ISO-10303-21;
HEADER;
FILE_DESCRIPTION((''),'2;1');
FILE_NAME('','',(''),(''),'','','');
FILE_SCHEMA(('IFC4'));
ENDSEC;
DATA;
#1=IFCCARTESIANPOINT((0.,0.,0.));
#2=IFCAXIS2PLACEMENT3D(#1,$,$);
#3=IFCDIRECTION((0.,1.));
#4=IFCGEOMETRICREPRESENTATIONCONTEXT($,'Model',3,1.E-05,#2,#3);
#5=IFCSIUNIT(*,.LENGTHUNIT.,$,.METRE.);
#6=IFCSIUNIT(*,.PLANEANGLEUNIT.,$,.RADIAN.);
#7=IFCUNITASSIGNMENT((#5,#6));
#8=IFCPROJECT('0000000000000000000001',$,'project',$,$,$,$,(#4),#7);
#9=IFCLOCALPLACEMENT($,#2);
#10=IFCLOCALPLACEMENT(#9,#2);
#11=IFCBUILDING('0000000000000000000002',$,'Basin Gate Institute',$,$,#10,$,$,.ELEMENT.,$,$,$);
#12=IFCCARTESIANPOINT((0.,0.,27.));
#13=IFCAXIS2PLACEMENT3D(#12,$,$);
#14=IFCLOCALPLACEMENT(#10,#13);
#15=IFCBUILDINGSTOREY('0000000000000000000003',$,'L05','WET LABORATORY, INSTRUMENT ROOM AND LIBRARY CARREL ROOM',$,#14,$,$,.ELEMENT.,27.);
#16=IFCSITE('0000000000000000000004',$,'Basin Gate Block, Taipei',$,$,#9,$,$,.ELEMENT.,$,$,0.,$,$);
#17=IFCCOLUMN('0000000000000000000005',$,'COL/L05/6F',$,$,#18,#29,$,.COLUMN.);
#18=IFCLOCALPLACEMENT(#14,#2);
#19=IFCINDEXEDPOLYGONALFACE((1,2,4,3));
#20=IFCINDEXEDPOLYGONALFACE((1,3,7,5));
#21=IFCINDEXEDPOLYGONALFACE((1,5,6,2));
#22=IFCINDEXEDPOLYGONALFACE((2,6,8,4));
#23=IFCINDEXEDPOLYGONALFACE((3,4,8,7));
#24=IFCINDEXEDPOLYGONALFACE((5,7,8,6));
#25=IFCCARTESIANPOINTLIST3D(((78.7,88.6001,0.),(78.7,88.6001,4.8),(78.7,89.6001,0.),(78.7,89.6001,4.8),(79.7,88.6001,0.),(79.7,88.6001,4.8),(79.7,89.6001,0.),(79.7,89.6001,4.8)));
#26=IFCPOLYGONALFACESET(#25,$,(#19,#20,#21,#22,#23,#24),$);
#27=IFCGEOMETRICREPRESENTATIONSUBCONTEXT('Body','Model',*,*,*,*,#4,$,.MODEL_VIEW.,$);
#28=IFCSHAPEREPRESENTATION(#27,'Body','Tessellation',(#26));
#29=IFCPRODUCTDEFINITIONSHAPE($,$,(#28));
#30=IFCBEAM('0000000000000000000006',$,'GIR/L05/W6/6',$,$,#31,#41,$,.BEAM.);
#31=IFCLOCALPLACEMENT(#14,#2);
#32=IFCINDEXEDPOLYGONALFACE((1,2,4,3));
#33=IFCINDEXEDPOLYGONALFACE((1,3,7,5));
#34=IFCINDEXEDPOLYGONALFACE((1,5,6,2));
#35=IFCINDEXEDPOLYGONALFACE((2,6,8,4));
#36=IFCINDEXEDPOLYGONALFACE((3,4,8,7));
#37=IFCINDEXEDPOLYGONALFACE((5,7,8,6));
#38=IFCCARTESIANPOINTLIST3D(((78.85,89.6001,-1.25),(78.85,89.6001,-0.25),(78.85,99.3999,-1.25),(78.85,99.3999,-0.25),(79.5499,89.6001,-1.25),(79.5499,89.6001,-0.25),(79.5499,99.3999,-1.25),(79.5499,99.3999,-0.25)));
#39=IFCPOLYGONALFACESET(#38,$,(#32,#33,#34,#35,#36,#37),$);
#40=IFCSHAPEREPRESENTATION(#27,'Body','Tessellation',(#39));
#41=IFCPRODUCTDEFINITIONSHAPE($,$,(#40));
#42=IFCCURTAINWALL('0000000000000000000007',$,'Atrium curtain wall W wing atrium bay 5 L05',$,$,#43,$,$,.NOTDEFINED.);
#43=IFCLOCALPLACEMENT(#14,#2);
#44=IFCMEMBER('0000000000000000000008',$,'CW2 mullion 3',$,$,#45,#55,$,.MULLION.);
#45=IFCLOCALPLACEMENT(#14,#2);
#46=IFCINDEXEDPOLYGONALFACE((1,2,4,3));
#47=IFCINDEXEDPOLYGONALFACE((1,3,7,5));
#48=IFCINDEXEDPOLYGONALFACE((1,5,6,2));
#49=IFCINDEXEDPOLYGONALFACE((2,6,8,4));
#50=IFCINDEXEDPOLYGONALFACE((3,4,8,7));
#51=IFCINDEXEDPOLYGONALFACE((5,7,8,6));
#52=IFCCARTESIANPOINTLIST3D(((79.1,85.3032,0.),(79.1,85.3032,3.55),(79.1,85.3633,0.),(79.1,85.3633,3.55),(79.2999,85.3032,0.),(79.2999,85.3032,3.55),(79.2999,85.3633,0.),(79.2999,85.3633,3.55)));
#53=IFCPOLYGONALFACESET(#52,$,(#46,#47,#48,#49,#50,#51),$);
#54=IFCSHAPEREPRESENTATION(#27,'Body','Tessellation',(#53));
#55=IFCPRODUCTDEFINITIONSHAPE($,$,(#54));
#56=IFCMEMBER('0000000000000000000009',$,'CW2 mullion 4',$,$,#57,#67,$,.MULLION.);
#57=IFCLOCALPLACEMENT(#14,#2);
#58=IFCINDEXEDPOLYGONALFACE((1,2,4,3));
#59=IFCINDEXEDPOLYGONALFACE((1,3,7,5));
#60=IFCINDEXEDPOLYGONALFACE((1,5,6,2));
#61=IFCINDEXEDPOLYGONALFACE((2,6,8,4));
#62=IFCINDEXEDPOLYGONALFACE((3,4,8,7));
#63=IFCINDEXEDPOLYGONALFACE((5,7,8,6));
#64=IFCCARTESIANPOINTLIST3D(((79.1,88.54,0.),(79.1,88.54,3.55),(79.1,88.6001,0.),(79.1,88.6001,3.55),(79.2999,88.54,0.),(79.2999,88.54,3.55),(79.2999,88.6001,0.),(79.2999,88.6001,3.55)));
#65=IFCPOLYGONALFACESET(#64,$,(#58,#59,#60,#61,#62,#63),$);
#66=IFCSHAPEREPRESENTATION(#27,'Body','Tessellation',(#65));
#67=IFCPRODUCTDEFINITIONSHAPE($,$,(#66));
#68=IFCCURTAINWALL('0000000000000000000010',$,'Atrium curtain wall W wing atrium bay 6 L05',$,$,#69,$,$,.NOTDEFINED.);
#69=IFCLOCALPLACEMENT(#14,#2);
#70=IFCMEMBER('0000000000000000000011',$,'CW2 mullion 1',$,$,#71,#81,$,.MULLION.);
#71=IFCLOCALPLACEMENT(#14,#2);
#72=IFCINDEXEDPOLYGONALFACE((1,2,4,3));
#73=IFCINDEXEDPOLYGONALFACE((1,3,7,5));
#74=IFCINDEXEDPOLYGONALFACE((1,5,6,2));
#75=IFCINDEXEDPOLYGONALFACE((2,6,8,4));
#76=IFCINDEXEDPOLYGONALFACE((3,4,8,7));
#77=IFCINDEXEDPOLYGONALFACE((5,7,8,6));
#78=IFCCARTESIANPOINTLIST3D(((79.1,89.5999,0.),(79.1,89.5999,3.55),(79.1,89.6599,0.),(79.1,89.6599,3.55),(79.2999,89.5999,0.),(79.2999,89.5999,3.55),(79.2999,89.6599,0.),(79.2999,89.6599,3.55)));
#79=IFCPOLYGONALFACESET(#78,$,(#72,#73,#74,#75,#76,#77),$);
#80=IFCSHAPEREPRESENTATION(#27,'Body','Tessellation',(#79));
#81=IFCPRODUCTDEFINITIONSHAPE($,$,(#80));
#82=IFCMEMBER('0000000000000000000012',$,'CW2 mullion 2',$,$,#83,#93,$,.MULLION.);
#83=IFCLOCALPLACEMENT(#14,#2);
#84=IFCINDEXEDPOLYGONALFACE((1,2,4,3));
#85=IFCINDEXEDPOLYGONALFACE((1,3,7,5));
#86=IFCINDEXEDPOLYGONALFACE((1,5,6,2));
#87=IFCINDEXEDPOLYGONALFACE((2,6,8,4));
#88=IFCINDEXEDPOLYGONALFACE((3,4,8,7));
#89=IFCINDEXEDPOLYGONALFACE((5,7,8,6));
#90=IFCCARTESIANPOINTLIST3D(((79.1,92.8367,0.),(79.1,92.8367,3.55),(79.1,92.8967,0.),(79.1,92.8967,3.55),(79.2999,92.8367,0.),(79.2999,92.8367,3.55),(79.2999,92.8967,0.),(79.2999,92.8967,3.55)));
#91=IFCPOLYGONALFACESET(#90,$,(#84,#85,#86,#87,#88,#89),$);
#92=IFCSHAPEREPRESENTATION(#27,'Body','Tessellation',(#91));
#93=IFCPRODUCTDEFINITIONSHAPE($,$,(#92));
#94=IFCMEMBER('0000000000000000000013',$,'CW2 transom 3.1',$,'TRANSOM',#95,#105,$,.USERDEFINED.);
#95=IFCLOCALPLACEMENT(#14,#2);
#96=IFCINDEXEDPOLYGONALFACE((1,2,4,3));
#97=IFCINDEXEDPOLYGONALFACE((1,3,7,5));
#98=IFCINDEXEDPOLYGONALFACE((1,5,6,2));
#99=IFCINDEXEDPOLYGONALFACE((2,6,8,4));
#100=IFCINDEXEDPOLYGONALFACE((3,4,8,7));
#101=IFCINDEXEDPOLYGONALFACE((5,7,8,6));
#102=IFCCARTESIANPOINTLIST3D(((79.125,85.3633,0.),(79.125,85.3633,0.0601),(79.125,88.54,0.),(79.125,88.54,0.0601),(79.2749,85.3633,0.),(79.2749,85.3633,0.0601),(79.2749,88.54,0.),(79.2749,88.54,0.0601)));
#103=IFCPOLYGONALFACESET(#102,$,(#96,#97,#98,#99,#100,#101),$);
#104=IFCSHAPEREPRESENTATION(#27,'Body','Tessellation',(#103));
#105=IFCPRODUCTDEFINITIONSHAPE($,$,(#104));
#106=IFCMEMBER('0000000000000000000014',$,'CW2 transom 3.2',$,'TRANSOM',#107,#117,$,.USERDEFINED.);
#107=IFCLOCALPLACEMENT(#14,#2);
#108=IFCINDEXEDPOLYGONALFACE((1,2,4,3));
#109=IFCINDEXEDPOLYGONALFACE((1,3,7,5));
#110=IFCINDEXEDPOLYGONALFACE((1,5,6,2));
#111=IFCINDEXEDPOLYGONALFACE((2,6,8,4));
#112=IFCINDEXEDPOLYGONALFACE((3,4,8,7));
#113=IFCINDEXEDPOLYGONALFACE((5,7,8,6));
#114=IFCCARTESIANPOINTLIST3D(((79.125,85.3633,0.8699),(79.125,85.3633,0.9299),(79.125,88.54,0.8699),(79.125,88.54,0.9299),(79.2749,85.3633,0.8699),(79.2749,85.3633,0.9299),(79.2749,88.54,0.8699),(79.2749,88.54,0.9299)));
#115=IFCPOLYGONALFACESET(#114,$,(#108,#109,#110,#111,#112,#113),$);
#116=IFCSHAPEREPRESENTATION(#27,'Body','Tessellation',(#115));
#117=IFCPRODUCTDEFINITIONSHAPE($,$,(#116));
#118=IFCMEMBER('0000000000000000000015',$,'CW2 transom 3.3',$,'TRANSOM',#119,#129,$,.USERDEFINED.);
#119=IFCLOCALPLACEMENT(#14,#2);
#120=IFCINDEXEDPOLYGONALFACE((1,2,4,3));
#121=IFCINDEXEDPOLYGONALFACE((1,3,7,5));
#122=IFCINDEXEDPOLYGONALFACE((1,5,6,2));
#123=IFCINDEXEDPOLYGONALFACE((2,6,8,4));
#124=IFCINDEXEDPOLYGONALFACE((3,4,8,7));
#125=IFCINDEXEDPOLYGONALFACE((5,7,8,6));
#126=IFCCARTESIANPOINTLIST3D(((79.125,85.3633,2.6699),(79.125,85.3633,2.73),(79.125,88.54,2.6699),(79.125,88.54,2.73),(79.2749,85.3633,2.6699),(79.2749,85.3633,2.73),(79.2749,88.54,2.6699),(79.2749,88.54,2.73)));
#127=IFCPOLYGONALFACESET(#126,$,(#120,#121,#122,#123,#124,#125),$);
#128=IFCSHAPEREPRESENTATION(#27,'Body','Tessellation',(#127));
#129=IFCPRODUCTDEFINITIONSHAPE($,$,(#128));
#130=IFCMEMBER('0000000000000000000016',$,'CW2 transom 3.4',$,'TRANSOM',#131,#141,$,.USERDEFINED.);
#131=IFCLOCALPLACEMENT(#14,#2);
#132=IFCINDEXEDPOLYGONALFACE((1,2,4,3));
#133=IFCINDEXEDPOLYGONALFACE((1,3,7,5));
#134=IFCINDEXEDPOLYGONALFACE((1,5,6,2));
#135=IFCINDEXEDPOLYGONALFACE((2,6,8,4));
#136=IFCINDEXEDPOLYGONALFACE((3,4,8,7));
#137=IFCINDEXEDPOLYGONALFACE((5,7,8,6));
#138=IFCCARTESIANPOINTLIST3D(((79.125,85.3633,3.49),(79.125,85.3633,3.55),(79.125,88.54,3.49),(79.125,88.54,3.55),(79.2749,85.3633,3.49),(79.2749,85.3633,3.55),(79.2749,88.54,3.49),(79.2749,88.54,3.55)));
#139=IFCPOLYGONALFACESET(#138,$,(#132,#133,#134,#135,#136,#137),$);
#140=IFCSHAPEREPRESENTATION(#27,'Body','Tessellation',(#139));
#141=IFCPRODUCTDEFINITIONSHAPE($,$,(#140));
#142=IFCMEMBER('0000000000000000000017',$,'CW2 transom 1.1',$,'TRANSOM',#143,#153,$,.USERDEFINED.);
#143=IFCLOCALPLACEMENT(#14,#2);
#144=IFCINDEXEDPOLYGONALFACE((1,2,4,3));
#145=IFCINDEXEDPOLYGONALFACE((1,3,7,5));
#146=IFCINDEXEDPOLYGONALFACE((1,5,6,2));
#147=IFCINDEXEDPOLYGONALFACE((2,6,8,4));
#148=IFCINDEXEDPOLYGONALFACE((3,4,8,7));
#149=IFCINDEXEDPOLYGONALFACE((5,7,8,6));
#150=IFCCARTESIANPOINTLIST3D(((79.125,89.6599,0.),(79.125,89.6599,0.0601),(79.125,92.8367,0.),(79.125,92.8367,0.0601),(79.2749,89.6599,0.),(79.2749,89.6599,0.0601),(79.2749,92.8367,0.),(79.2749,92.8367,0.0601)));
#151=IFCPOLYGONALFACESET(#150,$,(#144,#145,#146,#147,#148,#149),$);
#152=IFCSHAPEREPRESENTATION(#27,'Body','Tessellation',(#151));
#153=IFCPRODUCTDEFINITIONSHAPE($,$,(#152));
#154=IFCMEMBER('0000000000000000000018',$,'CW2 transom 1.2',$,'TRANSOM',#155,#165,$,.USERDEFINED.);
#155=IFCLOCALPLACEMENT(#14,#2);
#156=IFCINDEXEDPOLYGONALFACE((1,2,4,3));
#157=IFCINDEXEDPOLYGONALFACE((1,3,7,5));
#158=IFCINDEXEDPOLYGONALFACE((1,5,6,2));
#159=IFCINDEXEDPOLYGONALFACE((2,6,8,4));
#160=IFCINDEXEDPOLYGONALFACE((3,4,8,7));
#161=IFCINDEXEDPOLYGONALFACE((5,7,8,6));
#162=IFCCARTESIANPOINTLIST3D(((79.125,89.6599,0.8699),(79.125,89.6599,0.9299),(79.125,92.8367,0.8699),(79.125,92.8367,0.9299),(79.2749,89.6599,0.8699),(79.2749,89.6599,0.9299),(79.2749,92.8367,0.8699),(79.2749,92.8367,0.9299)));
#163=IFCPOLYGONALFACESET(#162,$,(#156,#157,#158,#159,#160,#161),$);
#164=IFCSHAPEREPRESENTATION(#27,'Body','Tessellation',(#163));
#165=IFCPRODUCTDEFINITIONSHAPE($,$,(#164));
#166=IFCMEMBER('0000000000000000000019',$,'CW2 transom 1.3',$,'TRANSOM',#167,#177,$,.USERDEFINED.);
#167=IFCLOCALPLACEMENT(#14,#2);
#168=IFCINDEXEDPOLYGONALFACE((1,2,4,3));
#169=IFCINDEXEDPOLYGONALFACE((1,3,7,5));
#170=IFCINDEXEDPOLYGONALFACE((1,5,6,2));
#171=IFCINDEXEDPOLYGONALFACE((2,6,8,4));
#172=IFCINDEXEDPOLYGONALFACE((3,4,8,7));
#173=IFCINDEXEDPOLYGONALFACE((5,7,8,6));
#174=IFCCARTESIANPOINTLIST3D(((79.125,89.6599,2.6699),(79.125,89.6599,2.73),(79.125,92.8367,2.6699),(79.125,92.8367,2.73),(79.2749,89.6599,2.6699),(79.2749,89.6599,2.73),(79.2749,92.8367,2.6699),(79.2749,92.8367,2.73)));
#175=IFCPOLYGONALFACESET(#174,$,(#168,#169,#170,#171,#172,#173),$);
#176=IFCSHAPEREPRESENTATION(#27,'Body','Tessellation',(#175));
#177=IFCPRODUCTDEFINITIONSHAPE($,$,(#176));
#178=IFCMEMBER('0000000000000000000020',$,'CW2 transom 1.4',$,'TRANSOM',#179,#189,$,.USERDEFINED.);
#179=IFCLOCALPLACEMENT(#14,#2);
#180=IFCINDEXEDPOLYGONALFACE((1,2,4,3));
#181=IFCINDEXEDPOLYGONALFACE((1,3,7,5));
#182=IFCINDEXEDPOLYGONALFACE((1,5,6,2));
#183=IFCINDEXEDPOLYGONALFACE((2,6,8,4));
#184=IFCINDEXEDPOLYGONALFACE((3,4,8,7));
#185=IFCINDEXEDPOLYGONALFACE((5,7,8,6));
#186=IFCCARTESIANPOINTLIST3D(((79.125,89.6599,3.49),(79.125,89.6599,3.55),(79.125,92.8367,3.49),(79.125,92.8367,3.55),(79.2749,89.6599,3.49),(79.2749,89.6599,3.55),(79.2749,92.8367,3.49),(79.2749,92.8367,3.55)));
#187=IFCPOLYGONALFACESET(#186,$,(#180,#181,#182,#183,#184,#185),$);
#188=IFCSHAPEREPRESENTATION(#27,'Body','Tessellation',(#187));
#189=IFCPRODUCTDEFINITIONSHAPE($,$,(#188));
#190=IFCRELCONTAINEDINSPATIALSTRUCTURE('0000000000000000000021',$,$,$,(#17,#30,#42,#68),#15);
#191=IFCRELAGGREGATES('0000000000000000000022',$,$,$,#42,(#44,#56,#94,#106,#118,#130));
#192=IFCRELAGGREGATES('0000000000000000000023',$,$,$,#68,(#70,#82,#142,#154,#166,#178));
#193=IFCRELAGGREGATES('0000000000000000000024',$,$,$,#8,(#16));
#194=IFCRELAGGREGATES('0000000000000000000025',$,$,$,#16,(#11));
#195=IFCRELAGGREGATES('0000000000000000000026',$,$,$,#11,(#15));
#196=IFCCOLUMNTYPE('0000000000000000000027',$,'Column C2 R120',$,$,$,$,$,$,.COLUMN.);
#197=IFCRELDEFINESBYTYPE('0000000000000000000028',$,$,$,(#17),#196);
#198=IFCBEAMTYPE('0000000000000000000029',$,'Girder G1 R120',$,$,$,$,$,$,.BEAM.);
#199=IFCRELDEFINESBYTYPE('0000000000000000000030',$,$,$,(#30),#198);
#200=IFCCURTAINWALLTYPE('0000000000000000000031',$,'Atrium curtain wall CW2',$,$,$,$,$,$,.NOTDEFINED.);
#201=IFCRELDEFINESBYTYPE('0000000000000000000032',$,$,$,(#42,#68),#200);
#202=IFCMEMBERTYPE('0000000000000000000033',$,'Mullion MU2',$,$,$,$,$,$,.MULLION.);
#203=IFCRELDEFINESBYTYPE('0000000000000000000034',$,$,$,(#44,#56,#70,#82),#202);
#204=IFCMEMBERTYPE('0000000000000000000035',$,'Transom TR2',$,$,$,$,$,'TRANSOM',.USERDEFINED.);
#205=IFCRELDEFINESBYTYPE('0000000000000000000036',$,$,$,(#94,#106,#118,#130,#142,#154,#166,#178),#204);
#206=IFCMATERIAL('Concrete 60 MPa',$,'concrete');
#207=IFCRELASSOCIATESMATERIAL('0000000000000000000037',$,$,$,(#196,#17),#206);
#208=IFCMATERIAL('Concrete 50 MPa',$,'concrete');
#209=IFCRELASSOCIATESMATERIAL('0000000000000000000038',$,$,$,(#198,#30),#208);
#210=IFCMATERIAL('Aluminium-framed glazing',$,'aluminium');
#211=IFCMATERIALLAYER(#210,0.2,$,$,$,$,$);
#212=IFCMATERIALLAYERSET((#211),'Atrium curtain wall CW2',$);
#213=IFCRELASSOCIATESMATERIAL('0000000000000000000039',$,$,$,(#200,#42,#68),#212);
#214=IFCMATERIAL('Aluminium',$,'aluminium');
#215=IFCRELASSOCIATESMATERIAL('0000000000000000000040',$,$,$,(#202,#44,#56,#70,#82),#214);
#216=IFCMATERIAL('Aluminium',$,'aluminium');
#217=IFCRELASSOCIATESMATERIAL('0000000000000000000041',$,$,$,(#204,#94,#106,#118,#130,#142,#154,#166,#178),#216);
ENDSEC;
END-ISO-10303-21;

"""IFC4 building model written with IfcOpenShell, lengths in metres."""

from ifc_helpers import new_model, si_unit, direction, frame, origin, origin_2d, place, context, subcontext, project, spatial, rectangle, extrude, material, layer, layer_set, material_profile, profile_set, type_object, element, aggregate, save


model = new_model("IFC4")

# Units and contexts
model_context = context("Model", 3, precision=1e-05, world=origin(), true_north=direction((0.0, 1.0)))
body_context = subcontext(model_context, "Body", "Model", "MODEL_VIEW")
ifc_project = project(units=[si_unit("LENGTHUNIT", "METRE"), si_unit("PLANEANGLEUNIT", "RADIAN")], contexts=[model_context])

# Site, building, storey
site_placement = place(None, origin())
site = spatial("IfcSite", under=ifc_project, at=site_placement, Name="Basin Gate Block, Taipei", CompositionType="ELEMENT", RefElevation=0.0)
building_placement = place(site_placement, origin())
building = spatial("IfcBuilding", under=site, at=building_placement, Name="Basin Gate Institute", CompositionType="ELEMENT")
storey_placement = place(building_placement, frame((0.0, 0.0, 27.0)))
storey = spatial("IfcBuildingStorey", under=building, at=storey_placement, Name="L05", Description="WET LABORATORY, INSTRUMENT ROOM AND LIBRARY CARREL ROOM", CompositionType="ELEMENT", Elevation=27.0)

# Column
ifc_material_1 = material(Name="Concrete 60 MPa", Category="concrete")
ifc_material_profile_1 = material_profile(ifc_material_1, rectangle(XDim=1.0, YDim=1.0, at=origin_2d()), Name="Column C2 1000 x 1000")
ifc_profile_set_1 = profile_set([ifc_material_profile_1], Name="Concrete 60 MPa")
column_type = type_object("IfcColumnType", Name="Column C2 R120", PredefinedType="COLUMN", material=ifc_profile_set_1)
column_placement = place(storey_placement, frame((79.2, 89.1001, 0.0), z_axis=(0.0, 0.0, 1.0), x_axis=(1.0, 0.0, 0.0)))
element("IfcColumn", 1, at=column_placement, inside=storey, type_object=column_type, material=ifc_profile_set_1, Name="COL/L05/6F", PredefinedType="COLUMN", context=body_context, shape_type="SweptSolid", body=[
    extrude(rectangle(XDim=1.0, YDim=1.0, at=origin_2d()), origin(), (0.0, 0.0, 1.0), 4.8),
])

# Beam
ifc_material_2 = material(Name="Concrete 50 MPa", Category="concrete")
ifc_material_profile_2 = material_profile(ifc_material_2, rectangle(XDim=0.7, YDim=1.0, at=origin_2d()), Name="Girder G1 700 x 1000")
ifc_profile_set_2 = profile_set([ifc_material_profile_2], Name="Concrete 50 MPa")
beam_type = type_object("IfcBeamType", Name="Girder G1 R120", PredefinedType="BEAM", material=ifc_profile_set_2)
beam_placement = place(storey_placement, frame((79.2, 89.6001, -0.75), z_axis=(0.0, 1.0, 0.0), x_axis=(-1.0, 0.0, 0.0)))
element("IfcBeam", 2, at=beam_placement, inside=storey, type_object=beam_type, material=ifc_profile_set_2, Name="GIR/L05/W6/6", PredefinedType="BEAM", context=body_context, shape_type="SweptSolid", body=[
    extrude(rectangle(XDim=0.7, YDim=1.0, at=origin_2d()), origin(), (0.0, 0.0, 1.0), 9.7998),
])

# Curtain walls, members
ifc_material_3 = material(Name="Aluminium-framed glazing", Category="aluminium")
ifc_layer_1 = layer(ifc_material_3, 0.2)
ifc_layer_set_1 = layer_set([ifc_layer_1], Name="Atrium curtain wall CW2")
curtain_wall_type = type_object("IfcCurtainWallType", Name="Atrium curtain wall CW2", PredefinedType="NOTDEFINED", material=ifc_layer_set_1)
curtain_wall_1_placement = place(storey_placement, origin())
curtain_wall_1 = element("IfcCurtainWall", 3, at=curtain_wall_1_placement, inside=storey, type_object=curtain_wall_type, material=ifc_layer_set_1, Name="Atrium curtain wall W wing atrium bay 5 L05", PredefinedType="NOTDEFINED")
ifc_material_4 = material(Name="Aluminium", Category="aluminium")
ifc_material_profile_3 = material_profile(ifc_material_4, rectangle(XDim=0.2, YDim=0.0601, at=origin_2d()), Name="Mullion MU2 200 x 60")
ifc_profile_set_3 = profile_set([ifc_material_profile_3], Name="Aluminium")
member_type_1 = type_object("IfcMemberType", Name="Mullion MU2", PredefinedType="MULLION", material=ifc_profile_set_3)
member_1_placement = place(storey_placement, frame((79.2, 85.3333, 0.0), z_axis=(0.0, 0.0, 1.0), x_axis=(-1.0, 0.0, 0.0)))
member_1 = element("IfcMember", 4, at=member_1_placement, type_object=member_type_1, material=ifc_profile_set_3, Name="CW2 mullion 3", PredefinedType="MULLION", context=body_context, shape_type="SweptSolid", body=[
    extrude(rectangle(XDim=0.2, YDim=0.0601, at=origin_2d()), origin(), (0.0, 0.0, 1.0), 3.55),
])
member_2_placement = place(storey_placement, frame((79.2, 88.5701, 0.0), z_axis=(0.0, 0.0, 1.0), x_axis=(-1.0, 0.0, 0.0)))
member_2 = element("IfcMember", 5, at=member_2_placement, type_object=member_type_1, material=ifc_profile_set_3, Name="CW2 mullion 4", PredefinedType="MULLION", context=body_context, shape_type="SweptSolid", body=[
    extrude(rectangle(XDim=0.2, YDim=0.0601, at=origin_2d()), origin(), (0.0, 0.0, 1.0), 3.55),
])
curtain_wall_2_placement = place(storey_placement, origin())
curtain_wall_2 = element("IfcCurtainWall", 6, at=curtain_wall_2_placement, inside=storey, type_object=curtain_wall_type, material=ifc_layer_set_1, Name="Atrium curtain wall W wing atrium bay 6 L05", PredefinedType="NOTDEFINED")
member_3_placement = place(storey_placement, frame((79.2, 89.6299, 0.0), z_axis=(0.0, 0.0, 1.0), x_axis=(-1.0, 0.0, 0.0)))
member_3 = element("IfcMember", 7, at=member_3_placement, type_object=member_type_1, material=ifc_profile_set_3, Name="CW2 mullion 1", PredefinedType="MULLION", context=body_context, shape_type="SweptSolid", body=[
    extrude(rectangle(XDim=0.2, YDim=0.0601, at=origin_2d()), origin(), (0.0, 0.0, 1.0), 3.55),
])
member_4_placement = place(storey_placement, frame((79.2, 92.8667, 0.0), z_axis=(0.0, 0.0, 1.0), x_axis=(-1.0, 0.0, 0.0)))
member_4 = element("IfcMember", 8, at=member_4_placement, type_object=member_type_1, material=ifc_profile_set_3, Name="CW2 mullion 2", PredefinedType="MULLION", context=body_context, shape_type="SweptSolid", body=[
    extrude(rectangle(XDim=0.2, YDim=0.0601, at=origin_2d()), origin(), (0.0, 0.0, 1.0), 3.55),
])

# Members
ifc_material_5 = material(Name="Aluminium", Category="aluminium")
ifc_material_profile_4 = material_profile(ifc_material_5, rectangle(XDim=0.1499, YDim=0.0601, at=origin_2d()), Name="Transom TR2 150 x 60")
ifc_profile_set_4 = profile_set([ifc_material_profile_4], Name="Aluminium")
member_type_2 = type_object("IfcMemberType", Name="Transom TR2", ElementType="TRANSOM", PredefinedType="USERDEFINED", material=ifc_profile_set_4)
member_5_placement = place(storey_placement, frame((79.2, 85.3633, 0.03), z_axis=(0.0, 1.0, 0.0), x_axis=(-1.0, 0.0, 0.0)))
member_5 = element("IfcMember", 9, at=member_5_placement, type_object=member_type_2, material=ifc_profile_set_4, Name="CW2 transom 3.1", ObjectType="TRANSOM", PredefinedType="USERDEFINED", context=body_context, shape_type="SweptSolid", body=[
    extrude(rectangle(XDim=0.1499, YDim=0.0601, at=origin_2d()), origin(), (0.0, 0.0, 1.0), 3.1768),
])
member_6_placement = place(storey_placement, frame((79.2, 85.3633, 0.8999), z_axis=(0.0, 1.0, 0.0), x_axis=(-1.0, 0.0, 0.0)))
member_6 = element("IfcMember", 10, at=member_6_placement, type_object=member_type_2, material=ifc_profile_set_4, Name="CW2 transom 3.2", ObjectType="TRANSOM", PredefinedType="USERDEFINED", context=body_context, shape_type="SweptSolid", body=[
    extrude(rectangle(XDim=0.1499, YDim=0.0601, at=origin_2d()), origin(), (0.0, 0.0, 1.0), 3.1768),
])
member_7_placement = place(storey_placement, frame((79.2, 85.3633, 2.7), z_axis=(0.0, 1.0, 0.0), x_axis=(-1.0, 0.0, 0.0)))
member_7 = element("IfcMember", 11, at=member_7_placement, type_object=member_type_2, material=ifc_profile_set_4, Name="CW2 transom 3.3", ObjectType="TRANSOM", PredefinedType="USERDEFINED", context=body_context, shape_type="SweptSolid", body=[
    extrude(rectangle(XDim=0.1499, YDim=0.0601, at=origin_2d()), origin(), (0.0, 0.0, 1.0), 3.1768),
])
member_8_placement = place(storey_placement, frame((79.2, 85.3633, 3.52), z_axis=(0.0, 1.0, 0.0), x_axis=(-1.0, 0.0, 0.0)))
member_8 = element("IfcMember", 12, at=member_8_placement, type_object=member_type_2, material=ifc_profile_set_4, Name="CW2 transom 3.4", ObjectType="TRANSOM", PredefinedType="USERDEFINED", context=body_context, shape_type="SweptSolid", body=[
    extrude(rectangle(XDim=0.1499, YDim=0.0601, at=origin_2d()), origin(), (0.0, 0.0, 1.0), 3.1768),
])
member_9_placement = place(storey_placement, frame((79.2, 89.6599, 0.03), z_axis=(0.0, 1.0, 0.0), x_axis=(-1.0, 0.0, 0.0)))
member_9 = element("IfcMember", 13, at=member_9_placement, type_object=member_type_2, material=ifc_profile_set_4, Name="CW2 transom 1.1", ObjectType="TRANSOM", PredefinedType="USERDEFINED", context=body_context, shape_type="SweptSolid", body=[
    extrude(rectangle(XDim=0.1499, YDim=0.0601, at=origin_2d()), origin(), (0.0, 0.0, 1.0), 3.1768),
])
member_10_placement = place(storey_placement, frame((79.2, 89.6599, 0.8999), z_axis=(0.0, 1.0, 0.0), x_axis=(-1.0, 0.0, 0.0)))
member_10 = element("IfcMember", 14, at=member_10_placement, type_object=member_type_2, material=ifc_profile_set_4, Name="CW2 transom 1.2", ObjectType="TRANSOM", PredefinedType="USERDEFINED", context=body_context, shape_type="SweptSolid", body=[
    extrude(rectangle(XDim=0.1499, YDim=0.0601, at=origin_2d()), origin(), (0.0, 0.0, 1.0), 3.1768),
])
member_11_placement = place(storey_placement, frame((79.2, 89.6599, 2.7), z_axis=(0.0, 1.0, 0.0), x_axis=(-1.0, 0.0, 0.0)))
member_11 = element("IfcMember", 15, at=member_11_placement, type_object=member_type_2, material=ifc_profile_set_4, Name="CW2 transom 1.3", ObjectType="TRANSOM", PredefinedType="USERDEFINED", context=body_context, shape_type="SweptSolid", body=[
    extrude(rectangle(XDim=0.1499, YDim=0.0601, at=origin_2d()), origin(), (0.0, 0.0, 1.0), 3.1768),
])
member_12_placement = place(storey_placement, frame((79.2, 89.6599, 3.52), z_axis=(0.0, 1.0, 0.0), x_axis=(-1.0, 0.0, 0.0)))
member_12 = element("IfcMember", 16, at=member_12_placement, type_object=member_type_2, material=ifc_profile_set_4, Name="CW2 transom 1.4", ObjectType="TRANSOM", PredefinedType="USERDEFINED", context=body_context, shape_type="SweptSolid", body=[
    extrude(rectangle(XDim=0.1499, YDim=0.0601, at=origin_2d()), origin(), (0.0, 0.0, 1.0), 3.1768),
])

aggregate(curtain_wall_1, [member_1, member_2, member_5, member_6, member_7, member_8])
aggregate(curtain_wall_2, [member_3, member_4, member_9, member_10, member_11, member_12])

save(model, "model.ifc")
